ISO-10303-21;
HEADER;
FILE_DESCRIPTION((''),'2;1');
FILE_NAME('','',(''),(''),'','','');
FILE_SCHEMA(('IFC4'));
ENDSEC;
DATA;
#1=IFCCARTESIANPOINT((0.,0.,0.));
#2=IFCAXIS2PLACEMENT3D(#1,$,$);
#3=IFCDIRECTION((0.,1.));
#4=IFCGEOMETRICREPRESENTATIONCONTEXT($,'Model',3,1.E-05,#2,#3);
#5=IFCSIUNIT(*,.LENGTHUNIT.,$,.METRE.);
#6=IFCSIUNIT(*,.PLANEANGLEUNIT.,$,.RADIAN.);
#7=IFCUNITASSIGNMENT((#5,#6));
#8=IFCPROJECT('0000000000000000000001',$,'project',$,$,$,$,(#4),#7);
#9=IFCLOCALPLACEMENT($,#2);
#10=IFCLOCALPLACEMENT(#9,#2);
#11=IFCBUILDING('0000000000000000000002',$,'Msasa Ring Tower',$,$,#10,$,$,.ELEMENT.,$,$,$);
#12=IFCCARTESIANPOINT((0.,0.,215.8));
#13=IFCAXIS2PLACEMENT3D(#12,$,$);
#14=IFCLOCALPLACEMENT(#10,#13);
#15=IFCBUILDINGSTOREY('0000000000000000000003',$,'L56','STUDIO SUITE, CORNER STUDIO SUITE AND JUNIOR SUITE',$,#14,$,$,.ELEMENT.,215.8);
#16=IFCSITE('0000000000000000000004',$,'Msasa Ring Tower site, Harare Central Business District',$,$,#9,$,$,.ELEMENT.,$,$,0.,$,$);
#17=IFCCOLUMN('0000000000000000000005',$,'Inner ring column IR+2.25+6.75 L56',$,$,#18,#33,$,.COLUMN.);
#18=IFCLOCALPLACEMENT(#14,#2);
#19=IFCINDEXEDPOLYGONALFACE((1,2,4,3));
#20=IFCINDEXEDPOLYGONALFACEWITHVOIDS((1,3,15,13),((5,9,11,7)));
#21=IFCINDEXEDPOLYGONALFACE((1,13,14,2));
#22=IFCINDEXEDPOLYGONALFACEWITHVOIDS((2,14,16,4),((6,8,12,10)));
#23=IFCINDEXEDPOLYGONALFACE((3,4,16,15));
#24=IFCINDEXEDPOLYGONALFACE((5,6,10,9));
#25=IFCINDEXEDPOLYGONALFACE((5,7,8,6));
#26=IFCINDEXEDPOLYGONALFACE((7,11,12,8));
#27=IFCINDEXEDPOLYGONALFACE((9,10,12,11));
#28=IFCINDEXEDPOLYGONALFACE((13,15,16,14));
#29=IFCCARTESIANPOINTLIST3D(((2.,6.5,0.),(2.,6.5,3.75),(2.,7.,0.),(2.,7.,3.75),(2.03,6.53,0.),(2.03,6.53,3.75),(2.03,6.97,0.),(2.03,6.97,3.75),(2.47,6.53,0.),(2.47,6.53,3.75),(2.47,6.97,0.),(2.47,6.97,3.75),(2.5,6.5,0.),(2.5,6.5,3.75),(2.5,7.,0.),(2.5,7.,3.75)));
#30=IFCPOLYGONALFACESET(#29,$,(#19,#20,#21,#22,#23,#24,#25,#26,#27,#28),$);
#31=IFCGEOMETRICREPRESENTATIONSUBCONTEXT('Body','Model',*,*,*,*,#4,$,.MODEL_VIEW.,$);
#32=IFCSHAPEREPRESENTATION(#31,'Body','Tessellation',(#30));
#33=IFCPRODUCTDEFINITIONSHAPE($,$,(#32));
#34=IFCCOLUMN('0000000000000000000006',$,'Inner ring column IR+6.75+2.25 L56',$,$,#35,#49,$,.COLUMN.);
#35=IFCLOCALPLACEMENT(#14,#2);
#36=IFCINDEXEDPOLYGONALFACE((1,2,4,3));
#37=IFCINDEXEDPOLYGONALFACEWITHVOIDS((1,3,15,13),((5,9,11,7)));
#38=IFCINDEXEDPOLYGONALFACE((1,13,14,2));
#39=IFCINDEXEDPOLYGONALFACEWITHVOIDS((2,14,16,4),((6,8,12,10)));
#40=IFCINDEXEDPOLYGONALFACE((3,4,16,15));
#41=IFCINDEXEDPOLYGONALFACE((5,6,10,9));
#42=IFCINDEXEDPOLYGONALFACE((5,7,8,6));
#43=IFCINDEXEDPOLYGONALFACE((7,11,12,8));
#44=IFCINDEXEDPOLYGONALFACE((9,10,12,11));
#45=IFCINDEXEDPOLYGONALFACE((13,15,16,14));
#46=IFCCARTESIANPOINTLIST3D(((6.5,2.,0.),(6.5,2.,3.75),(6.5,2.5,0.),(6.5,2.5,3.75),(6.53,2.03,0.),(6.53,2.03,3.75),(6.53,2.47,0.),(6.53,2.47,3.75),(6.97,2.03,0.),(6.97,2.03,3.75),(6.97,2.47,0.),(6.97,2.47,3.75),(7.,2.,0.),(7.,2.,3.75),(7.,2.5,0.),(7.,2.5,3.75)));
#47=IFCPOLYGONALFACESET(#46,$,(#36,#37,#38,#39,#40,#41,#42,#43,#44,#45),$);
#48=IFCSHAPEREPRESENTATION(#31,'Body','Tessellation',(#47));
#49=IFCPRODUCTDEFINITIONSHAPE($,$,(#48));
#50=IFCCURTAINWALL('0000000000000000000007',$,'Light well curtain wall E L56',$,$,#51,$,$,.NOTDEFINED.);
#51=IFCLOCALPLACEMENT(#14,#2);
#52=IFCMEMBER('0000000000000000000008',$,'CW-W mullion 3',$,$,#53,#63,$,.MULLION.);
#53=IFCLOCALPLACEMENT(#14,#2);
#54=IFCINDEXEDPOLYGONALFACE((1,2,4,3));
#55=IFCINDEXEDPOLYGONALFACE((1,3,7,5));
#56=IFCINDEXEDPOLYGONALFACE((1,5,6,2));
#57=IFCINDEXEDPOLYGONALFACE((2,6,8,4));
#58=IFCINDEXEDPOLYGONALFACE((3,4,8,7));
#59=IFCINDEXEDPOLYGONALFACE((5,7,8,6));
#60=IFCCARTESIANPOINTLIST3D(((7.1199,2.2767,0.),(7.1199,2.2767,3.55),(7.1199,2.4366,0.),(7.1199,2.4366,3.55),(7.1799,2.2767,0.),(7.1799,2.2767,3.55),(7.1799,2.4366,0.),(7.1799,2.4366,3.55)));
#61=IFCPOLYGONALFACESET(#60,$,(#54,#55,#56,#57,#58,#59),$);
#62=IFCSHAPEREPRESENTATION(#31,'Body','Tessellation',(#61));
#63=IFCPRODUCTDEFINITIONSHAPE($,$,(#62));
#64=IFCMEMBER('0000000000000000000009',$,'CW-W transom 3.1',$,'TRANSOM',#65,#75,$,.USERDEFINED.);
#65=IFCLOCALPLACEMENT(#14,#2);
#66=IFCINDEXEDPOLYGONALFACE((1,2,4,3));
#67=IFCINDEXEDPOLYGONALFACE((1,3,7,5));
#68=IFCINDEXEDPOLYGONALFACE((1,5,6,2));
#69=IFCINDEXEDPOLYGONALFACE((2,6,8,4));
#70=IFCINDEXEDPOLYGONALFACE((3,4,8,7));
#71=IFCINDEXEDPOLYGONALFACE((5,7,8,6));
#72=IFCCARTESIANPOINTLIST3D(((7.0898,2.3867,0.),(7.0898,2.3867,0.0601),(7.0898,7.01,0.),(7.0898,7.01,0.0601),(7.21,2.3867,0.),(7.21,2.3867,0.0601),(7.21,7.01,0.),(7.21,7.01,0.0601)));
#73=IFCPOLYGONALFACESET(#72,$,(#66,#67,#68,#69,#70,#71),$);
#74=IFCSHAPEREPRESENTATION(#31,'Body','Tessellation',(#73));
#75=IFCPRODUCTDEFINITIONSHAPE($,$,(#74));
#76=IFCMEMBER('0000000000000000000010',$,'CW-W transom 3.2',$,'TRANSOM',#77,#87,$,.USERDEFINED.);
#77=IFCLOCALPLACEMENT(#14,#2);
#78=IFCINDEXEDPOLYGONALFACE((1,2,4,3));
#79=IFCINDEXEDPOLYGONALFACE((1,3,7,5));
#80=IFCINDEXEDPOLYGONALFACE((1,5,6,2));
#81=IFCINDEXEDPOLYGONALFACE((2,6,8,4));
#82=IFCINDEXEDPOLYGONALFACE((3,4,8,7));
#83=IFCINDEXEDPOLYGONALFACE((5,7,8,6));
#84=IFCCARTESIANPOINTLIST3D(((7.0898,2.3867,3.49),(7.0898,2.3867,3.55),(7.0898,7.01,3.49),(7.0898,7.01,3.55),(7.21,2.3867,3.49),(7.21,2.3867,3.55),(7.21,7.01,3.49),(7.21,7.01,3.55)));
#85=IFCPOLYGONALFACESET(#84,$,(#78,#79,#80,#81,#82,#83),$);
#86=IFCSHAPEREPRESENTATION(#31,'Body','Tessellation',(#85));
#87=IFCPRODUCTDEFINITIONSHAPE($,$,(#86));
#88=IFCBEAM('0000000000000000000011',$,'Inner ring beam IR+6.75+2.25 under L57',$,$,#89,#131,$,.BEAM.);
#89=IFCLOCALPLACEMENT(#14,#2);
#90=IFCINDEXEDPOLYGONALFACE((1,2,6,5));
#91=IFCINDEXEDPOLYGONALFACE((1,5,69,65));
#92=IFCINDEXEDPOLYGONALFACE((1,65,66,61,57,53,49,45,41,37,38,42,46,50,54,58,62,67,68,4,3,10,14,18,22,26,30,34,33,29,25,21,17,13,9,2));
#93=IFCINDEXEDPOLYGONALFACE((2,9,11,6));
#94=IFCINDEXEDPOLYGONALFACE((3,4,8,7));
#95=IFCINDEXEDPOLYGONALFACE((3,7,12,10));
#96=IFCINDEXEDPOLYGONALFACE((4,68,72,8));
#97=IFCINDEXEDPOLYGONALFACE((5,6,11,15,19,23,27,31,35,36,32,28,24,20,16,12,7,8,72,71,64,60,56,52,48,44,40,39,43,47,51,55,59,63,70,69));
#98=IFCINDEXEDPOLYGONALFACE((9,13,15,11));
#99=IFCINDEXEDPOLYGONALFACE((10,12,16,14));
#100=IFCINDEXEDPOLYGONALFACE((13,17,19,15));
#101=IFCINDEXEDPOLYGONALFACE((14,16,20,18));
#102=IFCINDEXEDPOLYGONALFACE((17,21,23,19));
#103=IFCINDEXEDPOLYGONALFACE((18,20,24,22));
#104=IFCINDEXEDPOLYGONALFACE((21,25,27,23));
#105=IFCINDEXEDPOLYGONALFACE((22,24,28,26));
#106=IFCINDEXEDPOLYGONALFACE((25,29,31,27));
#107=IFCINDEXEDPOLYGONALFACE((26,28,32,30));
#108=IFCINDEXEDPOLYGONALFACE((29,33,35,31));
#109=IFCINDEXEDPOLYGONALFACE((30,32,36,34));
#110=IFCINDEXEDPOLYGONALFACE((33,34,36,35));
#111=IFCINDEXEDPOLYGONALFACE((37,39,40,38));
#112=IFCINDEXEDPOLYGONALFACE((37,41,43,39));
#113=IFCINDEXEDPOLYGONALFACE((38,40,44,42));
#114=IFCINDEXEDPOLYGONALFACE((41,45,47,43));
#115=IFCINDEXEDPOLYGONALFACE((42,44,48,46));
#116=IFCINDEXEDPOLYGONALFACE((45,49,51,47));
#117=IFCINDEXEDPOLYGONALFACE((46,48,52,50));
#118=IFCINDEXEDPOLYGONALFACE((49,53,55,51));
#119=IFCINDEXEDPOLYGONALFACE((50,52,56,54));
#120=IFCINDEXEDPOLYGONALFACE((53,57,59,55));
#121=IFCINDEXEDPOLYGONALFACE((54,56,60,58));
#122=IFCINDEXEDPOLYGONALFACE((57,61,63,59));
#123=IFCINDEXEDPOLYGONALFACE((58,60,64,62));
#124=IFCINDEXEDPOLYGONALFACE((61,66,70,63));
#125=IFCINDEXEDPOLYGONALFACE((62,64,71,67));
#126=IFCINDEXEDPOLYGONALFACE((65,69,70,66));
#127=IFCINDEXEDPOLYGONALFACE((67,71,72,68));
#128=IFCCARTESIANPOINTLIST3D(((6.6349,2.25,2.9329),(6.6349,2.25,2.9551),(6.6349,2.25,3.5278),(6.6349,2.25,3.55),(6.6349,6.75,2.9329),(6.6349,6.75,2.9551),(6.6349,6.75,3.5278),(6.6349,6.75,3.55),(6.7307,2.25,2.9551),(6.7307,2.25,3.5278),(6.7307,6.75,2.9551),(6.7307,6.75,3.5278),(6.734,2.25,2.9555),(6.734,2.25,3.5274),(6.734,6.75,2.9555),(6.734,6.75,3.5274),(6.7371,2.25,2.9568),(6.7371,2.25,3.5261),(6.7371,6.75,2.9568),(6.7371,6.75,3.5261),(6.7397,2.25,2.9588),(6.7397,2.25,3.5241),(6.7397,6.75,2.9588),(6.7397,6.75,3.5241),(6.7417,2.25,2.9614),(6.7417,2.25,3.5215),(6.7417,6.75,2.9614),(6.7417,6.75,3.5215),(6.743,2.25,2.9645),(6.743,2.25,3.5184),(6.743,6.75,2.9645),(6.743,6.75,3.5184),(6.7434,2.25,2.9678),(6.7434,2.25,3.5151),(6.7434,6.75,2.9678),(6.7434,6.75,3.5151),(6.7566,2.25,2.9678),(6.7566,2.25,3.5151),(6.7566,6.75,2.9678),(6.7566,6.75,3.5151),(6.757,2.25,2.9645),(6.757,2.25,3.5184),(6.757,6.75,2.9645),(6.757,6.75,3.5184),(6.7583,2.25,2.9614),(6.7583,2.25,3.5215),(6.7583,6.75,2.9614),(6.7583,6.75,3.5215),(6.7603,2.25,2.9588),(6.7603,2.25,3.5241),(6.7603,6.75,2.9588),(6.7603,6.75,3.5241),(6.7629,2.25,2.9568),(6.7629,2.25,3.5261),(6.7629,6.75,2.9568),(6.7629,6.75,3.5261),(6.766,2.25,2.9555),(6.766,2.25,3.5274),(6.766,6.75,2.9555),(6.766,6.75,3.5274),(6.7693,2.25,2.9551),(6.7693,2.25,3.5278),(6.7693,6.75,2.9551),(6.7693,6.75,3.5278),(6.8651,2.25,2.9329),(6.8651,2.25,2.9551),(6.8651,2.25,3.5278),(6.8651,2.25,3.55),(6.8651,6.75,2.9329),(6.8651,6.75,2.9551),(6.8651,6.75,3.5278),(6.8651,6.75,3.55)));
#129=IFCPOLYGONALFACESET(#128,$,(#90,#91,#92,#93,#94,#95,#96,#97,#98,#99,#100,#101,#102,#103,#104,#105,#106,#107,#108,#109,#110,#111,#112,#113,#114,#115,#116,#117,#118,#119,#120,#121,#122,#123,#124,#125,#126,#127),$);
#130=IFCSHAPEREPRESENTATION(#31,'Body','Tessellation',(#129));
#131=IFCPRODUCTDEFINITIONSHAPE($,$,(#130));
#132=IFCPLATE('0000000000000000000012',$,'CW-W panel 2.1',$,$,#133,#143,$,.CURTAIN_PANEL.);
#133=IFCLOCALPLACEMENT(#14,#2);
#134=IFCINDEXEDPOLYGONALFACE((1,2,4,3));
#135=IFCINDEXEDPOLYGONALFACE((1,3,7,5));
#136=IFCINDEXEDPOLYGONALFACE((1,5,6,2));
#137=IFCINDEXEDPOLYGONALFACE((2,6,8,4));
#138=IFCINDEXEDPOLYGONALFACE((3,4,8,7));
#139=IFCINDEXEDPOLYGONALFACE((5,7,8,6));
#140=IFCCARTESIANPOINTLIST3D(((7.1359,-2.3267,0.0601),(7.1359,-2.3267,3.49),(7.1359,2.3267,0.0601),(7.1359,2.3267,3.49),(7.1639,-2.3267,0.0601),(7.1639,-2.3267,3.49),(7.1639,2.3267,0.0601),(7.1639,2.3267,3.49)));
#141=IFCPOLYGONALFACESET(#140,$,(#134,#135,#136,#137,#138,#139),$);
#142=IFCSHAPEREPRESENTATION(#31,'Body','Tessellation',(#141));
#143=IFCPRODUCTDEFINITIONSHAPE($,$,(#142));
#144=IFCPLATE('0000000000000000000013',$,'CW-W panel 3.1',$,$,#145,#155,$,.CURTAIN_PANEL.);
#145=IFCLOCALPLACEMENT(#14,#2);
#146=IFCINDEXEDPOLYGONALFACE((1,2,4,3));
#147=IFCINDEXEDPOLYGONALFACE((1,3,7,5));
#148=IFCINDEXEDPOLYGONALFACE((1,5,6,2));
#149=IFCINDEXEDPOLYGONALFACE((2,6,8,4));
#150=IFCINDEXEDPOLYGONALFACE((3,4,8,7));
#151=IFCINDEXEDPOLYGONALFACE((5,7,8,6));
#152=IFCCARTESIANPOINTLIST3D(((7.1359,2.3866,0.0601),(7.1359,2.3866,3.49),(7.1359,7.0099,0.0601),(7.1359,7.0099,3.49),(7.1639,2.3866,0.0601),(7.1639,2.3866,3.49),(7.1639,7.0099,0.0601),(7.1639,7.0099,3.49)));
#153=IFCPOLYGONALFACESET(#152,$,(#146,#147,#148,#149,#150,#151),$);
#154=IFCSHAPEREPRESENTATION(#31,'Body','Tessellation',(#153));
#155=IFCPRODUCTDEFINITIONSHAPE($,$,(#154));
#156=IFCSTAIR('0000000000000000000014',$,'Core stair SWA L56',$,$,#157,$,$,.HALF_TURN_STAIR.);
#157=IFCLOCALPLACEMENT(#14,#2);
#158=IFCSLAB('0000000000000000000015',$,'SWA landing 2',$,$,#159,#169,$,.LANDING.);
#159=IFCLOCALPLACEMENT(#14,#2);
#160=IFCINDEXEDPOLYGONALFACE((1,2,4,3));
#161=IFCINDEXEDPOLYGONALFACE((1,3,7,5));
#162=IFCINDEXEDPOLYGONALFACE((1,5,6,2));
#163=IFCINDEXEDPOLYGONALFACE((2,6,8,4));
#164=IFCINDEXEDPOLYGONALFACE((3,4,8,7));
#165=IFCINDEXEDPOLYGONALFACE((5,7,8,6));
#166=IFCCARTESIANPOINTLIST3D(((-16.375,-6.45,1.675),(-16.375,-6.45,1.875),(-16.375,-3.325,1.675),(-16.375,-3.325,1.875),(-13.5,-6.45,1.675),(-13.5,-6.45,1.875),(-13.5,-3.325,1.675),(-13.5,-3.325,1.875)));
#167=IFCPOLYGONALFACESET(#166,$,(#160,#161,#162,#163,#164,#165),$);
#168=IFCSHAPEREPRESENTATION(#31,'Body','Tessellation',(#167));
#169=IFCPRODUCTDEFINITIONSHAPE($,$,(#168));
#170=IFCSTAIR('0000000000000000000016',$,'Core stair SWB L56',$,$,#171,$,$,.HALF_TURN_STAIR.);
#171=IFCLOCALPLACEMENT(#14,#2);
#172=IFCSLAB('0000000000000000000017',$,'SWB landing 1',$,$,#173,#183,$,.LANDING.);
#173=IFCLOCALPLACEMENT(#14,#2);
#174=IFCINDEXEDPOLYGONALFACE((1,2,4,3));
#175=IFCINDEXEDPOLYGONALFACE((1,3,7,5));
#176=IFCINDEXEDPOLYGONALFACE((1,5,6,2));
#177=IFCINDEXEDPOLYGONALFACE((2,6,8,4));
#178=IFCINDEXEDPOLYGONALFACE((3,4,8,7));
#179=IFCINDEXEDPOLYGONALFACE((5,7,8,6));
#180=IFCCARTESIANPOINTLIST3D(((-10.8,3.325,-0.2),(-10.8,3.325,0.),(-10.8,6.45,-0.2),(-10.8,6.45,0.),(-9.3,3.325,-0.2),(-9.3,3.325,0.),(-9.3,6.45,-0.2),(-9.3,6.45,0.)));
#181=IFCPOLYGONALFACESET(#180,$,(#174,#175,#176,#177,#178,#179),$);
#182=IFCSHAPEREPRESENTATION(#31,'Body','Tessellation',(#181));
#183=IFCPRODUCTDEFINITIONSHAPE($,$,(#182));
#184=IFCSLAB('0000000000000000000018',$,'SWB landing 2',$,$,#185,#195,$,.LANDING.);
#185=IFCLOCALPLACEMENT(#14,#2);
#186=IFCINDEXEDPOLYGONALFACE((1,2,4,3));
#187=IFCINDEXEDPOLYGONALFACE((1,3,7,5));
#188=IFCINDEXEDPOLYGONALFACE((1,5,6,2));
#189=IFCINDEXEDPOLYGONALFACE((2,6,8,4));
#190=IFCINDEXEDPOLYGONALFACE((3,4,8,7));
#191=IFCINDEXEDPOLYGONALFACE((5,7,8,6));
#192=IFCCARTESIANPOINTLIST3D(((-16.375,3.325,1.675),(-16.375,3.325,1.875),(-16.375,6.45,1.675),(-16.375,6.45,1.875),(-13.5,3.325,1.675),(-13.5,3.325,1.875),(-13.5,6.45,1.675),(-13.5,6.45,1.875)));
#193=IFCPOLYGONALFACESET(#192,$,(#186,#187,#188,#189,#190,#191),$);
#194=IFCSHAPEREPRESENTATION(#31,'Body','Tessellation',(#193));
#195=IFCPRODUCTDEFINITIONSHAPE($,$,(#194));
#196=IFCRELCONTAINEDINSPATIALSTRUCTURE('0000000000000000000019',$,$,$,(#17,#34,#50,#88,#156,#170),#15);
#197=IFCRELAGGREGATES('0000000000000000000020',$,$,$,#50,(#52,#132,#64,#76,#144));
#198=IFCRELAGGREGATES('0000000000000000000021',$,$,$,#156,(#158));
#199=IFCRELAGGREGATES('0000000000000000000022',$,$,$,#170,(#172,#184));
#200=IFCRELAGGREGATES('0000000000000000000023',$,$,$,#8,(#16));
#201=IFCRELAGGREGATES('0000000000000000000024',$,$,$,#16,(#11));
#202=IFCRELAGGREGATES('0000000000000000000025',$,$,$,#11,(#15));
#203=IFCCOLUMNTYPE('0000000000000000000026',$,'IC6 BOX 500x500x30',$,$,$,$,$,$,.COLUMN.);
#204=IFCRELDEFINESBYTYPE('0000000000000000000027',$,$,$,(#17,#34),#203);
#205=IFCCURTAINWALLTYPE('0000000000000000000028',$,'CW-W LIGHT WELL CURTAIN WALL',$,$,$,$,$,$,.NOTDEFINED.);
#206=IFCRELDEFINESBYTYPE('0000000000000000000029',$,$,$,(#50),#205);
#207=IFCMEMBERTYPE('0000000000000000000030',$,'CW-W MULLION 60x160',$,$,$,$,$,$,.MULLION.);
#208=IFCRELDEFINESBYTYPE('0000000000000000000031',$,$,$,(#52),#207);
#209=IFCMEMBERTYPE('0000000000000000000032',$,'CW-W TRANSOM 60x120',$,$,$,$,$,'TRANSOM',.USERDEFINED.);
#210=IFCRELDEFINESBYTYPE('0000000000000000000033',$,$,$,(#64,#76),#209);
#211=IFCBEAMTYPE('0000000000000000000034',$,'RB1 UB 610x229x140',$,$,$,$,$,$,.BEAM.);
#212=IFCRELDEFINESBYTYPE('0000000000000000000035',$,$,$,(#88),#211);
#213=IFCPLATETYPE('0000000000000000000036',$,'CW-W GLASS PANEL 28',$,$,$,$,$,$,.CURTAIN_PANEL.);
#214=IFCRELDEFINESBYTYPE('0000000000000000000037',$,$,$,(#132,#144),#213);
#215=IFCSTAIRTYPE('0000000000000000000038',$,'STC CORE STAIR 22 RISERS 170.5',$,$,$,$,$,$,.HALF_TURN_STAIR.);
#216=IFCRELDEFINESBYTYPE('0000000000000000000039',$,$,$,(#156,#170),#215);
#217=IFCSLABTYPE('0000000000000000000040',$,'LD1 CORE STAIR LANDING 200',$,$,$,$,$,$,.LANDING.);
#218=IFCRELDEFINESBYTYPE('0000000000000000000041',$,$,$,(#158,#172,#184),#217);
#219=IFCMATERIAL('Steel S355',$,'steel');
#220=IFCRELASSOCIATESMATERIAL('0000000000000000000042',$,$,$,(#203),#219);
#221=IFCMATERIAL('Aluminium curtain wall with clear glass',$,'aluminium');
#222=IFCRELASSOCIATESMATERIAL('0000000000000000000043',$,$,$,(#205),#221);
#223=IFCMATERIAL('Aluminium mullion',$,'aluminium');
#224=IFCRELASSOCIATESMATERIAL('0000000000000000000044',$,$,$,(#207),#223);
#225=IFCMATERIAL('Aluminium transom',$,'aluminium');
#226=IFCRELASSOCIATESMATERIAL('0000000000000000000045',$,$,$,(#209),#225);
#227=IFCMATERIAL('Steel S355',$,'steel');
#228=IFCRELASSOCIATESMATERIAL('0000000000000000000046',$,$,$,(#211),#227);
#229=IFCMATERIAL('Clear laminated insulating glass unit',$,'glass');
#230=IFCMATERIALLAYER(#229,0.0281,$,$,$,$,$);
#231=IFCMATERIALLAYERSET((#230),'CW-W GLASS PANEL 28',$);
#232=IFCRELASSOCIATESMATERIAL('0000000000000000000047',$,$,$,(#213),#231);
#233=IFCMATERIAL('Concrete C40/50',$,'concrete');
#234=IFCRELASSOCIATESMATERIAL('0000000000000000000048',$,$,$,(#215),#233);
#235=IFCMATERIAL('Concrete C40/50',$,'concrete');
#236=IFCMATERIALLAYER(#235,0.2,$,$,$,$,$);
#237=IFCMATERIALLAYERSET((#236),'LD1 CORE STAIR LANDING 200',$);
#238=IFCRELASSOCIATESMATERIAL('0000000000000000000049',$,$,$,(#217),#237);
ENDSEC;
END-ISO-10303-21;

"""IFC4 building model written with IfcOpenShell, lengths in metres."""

from ifc_helpers import new_model, si_unit, direction, frame, origin, origin_2d, place, context, subcontext, project, spatial, polyline, rectangle, hollow_rectangle, i_section, outline, extrude, material, layer, layer_set, material_profile, profile_set, type_object, element, aggregate, save


model = new_model("IFC4")

# Units and contexts
model_context = context("Model", 3, precision=1e-05, world=origin(), true_north=direction((0.0, 1.0)))
body_context = subcontext(model_context, "Body", "Model", "MODEL_VIEW")
ifc_project = project(units=[si_unit("LENGTHUNIT", "METRE"), si_unit("PLANEANGLEUNIT", "RADIAN")], contexts=[model_context])

# Site, building, storey
site_placement = place(None, origin())
site = spatial("IfcSite", under=ifc_project, at=site_placement, Name="Msasa Ring Tower site, Harare Central Business District", CompositionType="ELEMENT", RefElevation=0.0)
building_placement = place(site_placement, origin())
building = spatial("IfcBuilding", under=site, at=building_placement, Name="Msasa Ring Tower", CompositionType="ELEMENT")
storey_placement = place(building_placement, frame((0.0, 0.0, 215.8)))
storey = spatial("IfcBuildingStorey", under=building, at=storey_placement, Name="L56", Description="STUDIO SUITE, CORNER STUDIO SUITE AND JUNIOR SUITE", CompositionType="ELEMENT", Elevation=215.8)

# Columns
ifc_material_1 = material(Name="Steel S355", Category="steel")
ifc_material_profile_1 = material_profile(ifc_material_1, hollow_rectangle(XDim=0.5, YDim=0.5, WallThickness=0.03, at=origin_2d()), Name="BOX 500x500x30")
ifc_profile_set_1 = profile_set([ifc_material_profile_1], Name="Steel S355")
column_type = type_object("IfcColumnType", Name="IC6 BOX 500x500x30", PredefinedType="COLUMN", material=ifc_profile_set_1)
for number, where, z_axis, x_axis, name in (
    (1, (2.25, 6.75, 0.0), (0.0, 0.0, 1.0), (1.0, 0.0, 0.0), "Inner ring column IR+2.25+6.75 L56"),
    (2, (6.75, 2.25, 0.0), (0.0, 0.0, 1.0), (1.0, 0.0, 0.0), "Inner ring column IR+6.75+2.25 L56"),
):
    element("IfcColumn", number, at=place(storey_placement, frame(where, z_axis=z_axis, x_axis=x_axis)), inside=storey, type_object=column_type, Name=name, PredefinedType="COLUMN", context=body_context, shape_type="SweptSolid", body=[
        extrude(hollow_rectangle(XDim=0.5, YDim=0.5, WallThickness=0.03, at=origin_2d()), origin(), (0.0, 0.0, 1.0), 3.75),
    ])

# Curtain wall, members
ifc_material_2 = material(Name="Aluminium curtain wall with clear glass", Category="aluminium")
curtain_wall_type = type_object("IfcCurtainWallType", Name="CW-W LIGHT WELL CURTAIN WALL", PredefinedType="NOTDEFINED", material=ifc_material_2)
curtain_wall_placement = place(storey_placement, origin())
curtain_wall = element("IfcCurtainWall", 3, at=curtain_wall_placement, inside=storey, type_object=curtain_wall_type, Name="Light well curtain wall E L56", PredefinedType="NOTDEFINED")
ifc_material_3 = material(Name="Aluminium mullion", Category="aluminium")
ifc_material_profile_2 = material_profile(ifc_material_3, rectangle(XDim=0.0601, YDim=0.1599, at=origin_2d()), Name="AL 60x160")
ifc_profile_set_2 = profile_set([ifc_material_profile_2], Name="Aluminium mullion")
member_type_1 = type_object("IfcMemberType", Name="CW-W MULLION 60x160", PredefinedType="MULLION", material=ifc_profile_set_2)
member_1_placement = place(storey_placement, frame((7.1499, 2.3567, 0.0), z_axis=(0.0, 0.0, 1.0), x_axis=(-1.0, 0.0, 0.0)))
member_1 = element("IfcMember", 4, at=member_1_placement, type_object=member_type_1, Name="CW-W mullion 3", PredefinedType="MULLION", context=body_context, shape_type="SweptSolid", body=[
    extrude(rectangle(XDim=0.0601, YDim=0.1599, at=origin_2d()), origin(), (0.0, 0.0, 1.0), 3.55),
])
ifc_material_4 = material(Name="Aluminium transom", Category="aluminium")
ifc_material_profile_3 = material_profile(ifc_material_4, rectangle(XDim=0.1201, YDim=0.0601, at=origin_2d()), Name="AL 60x120")
ifc_profile_set_3 = profile_set([ifc_material_profile_3], Name="Aluminium transom")
member_type_2 = type_object("IfcMemberType", Name="CW-W TRANSOM 60x120", ElementType="TRANSOM", PredefinedType="USERDEFINED", material=ifc_profile_set_3)
member_2_placement = place(storey_placement, frame((7.1499, 2.3867, 0.03), z_axis=(0.0, 1.0, 0.0), x_axis=(-1.0, 0.0, 0.0)))
member_2 = element("IfcMember", 5, at=member_2_placement, type_object=member_type_2, Name="CW-W transom 3.1", ObjectType="TRANSOM", PredefinedType="USERDEFINED", context=body_context, shape_type="SweptSolid", body=[
    extrude(rectangle(XDim=0.1201, YDim=0.0601, at=origin_2d()), origin(), (0.0, 0.0, 1.0), 4.6233),
])
member_3_placement = place(storey_placement, frame((7.1499, 2.3867, 3.52), z_axis=(0.0, 1.0, 0.0), x_axis=(-1.0, 0.0, 0.0)))
member_3 = element("IfcMember", 6, at=member_3_placement, type_object=member_type_2, Name="CW-W transom 3.2", ObjectType="TRANSOM", PredefinedType="USERDEFINED", context=body_context, shape_type="SweptSolid", body=[
    extrude(rectangle(XDim=0.1201, YDim=0.0601, at=origin_2d()), origin(), (0.0, 0.0, 1.0), 4.6233),
])

# Beam
ifc_material_5 = material(Name="Steel S355", Category="steel")
ifc_material_profile_4 = material_profile(ifc_material_5, i_section(OverallWidth=0.2302, OverallDepth=0.6172, WebThickness=0.0132, FlangeThickness=0.0222, FilletRadius=0.0127, at=origin_2d()), Name="UB 610x229x140")
ifc_profile_set_4 = profile_set([ifc_material_profile_4], Name="Steel S355")
beam_type = type_object("IfcBeamType", Name="RB1 UB 610x229x140", PredefinedType="BEAM", material=ifc_profile_set_4)
beam_placement = place(storey_placement, frame((6.75, 2.25, 3.2415), z_axis=(0.0, 1.0, 0.0), x_axis=(-1.0, 0.0, 0.0)))
element("IfcBeam", 7, at=beam_placement, inside=storey, type_object=beam_type, Name="Inner ring beam IR+6.75+2.25 under L57", PredefinedType="BEAM", context=body_context, shape_type="SweptSolid", body=[
    extrude(i_section(OverallWidth=0.2302, OverallDepth=0.6172, WebThickness=0.0132, FlangeThickness=0.0222, FilletRadius=0.0127, at=origin_2d()), origin(), (0.0, 0.0, 1.0), 4.5),
])

# Plates
ifc_material_6 = material(Name="Clear laminated insulating glass unit", Category="glass")
ifc_layer_1 = layer(ifc_material_6, 0.0281)
ifc_layer_set_1 = layer_set([ifc_layer_1], Name="CW-W GLASS PANEL 28")
plate_type = type_object("IfcPlateType", Name="CW-W GLASS PANEL 28", PredefinedType="CURTAIN_PANEL", material=ifc_layer_set_1)
plate_1_placement = place(storey_placement, frame((7.1499, 0.0, 0.0601), z_axis=(0.0, 0.0, 1.0), x_axis=(0.0, 1.0, 0.0)))
plate_1 = element("IfcPlate", 8, at=plate_1_placement, type_object=plate_type, Name="CW-W panel 2.1", PredefinedType="CURTAIN_PANEL", context=body_context, shape_type="SweptSolid", body=[
    extrude(rectangle(XDim=4.6533, YDim=0.0281, at=origin_2d()), origin(), (0.0, 0.0, 1.0), 3.4299),
])
plate_2_placement = place(storey_placement, frame((7.1499, 4.6982, 0.0601), z_axis=(0.0, 0.0, 1.0), x_axis=(0.0, 1.0, 0.0)))
plate_2 = element("IfcPlate", 9, at=plate_2_placement, type_object=plate_type, Name="CW-W panel 3.1", PredefinedType="CURTAIN_PANEL", context=body_context, shape_type="SweptSolid", body=[
    extrude(rectangle(XDim=4.6233, YDim=0.0281, at=origin_2d()), origin(), (0.0, 0.0, 1.0), 3.4299),
])
aggregate(curtain_wall, [member_1, plate_1, member_2, member_3, plate_2])

# Stair, slab
ifc_material_7 = material(Name="Concrete C40/50", Category="concrete")
stair_type = type_object("IfcStairType", Name="STC CORE STAIR 22 RISERS 170.5", PredefinedType="HALF_TURN_STAIR", material=ifc_material_7)
stair_1_placement = place(storey_placement, origin())
stair_1 = element("IfcStair", 10, at=stair_1_placement, inside=storey, type_object=stair_type, Name="Core stair SWA L56", PredefinedType="HALF_TURN_STAIR")
ifc_material_8 = material(Name="Concrete C40/50", Category="concrete")
ifc_layer_2 = layer(ifc_material_8, 0.2)
ifc_layer_set_2 = layer_set([ifc_layer_2], Name="LD1 CORE STAIR LANDING 200")
slab_type = type_object("IfcSlabType", Name="LD1 CORE STAIR LANDING 200", PredefinedType="LANDING", material=ifc_layer_set_2)
slab_1_placement = place(storey_placement, frame((0.0, 0.0, 1.675)))
slab_1 = element("IfcSlab", 11, at=slab_1_placement, type_object=slab_type, Name="SWA landing 2", PredefinedType="LANDING", context=body_context, shape_type="SweptSolid", body=[
    extrude(outline(polyline([(-16.375, -6.45), (-13.5, -6.45), (-13.5, -3.325), (-16.375, -3.325), (-16.375, -6.45)])), origin(), (0.0, 0.0, 1.0), 0.2),
])
aggregate(stair_1, [slab_1])

# Stair, slabs
stair_2_placement = place(storey_placement, origin())
stair_2 = element("IfcStair", 12, at=stair_2_placement, inside=storey, type_object=stair_type, Name="Core stair SWB L56", PredefinedType="HALF_TURN_STAIR")
slab_2_placement = place(storey_placement, frame((0.0, 0.0, -0.2)))
slab_2 = element("IfcSlab", 13, at=slab_2_placement, type_object=slab_type, Name="SWB landing 1", PredefinedType="LANDING", context=body_context, shape_type="SweptSolid", body=[
    extrude(outline(polyline([(-10.8, 3.325), (-9.3, 3.325), (-9.3, 6.45), (-10.8, 6.45), (-10.8, 3.325)])), origin(), (0.0, 0.0, 1.0), 0.2),
])
slab_3_placement = place(storey_placement, frame((0.0, 0.0, 1.675)))
slab_3 = element("IfcSlab", 14, at=slab_3_placement, type_object=slab_type, Name="SWB landing 2", PredefinedType="LANDING", context=body_context, shape_type="SweptSolid", body=[
    extrude(outline(polyline([(-16.375, 3.325), (-13.5, 3.325), (-13.5, 6.45), (-16.375, 6.45), (-16.375, 3.325)])), origin(), (0.0, 0.0, 1.0), 0.2),
])
aggregate(stair_2, [slab_2, slab_3])

save(model, "model.ifc")
